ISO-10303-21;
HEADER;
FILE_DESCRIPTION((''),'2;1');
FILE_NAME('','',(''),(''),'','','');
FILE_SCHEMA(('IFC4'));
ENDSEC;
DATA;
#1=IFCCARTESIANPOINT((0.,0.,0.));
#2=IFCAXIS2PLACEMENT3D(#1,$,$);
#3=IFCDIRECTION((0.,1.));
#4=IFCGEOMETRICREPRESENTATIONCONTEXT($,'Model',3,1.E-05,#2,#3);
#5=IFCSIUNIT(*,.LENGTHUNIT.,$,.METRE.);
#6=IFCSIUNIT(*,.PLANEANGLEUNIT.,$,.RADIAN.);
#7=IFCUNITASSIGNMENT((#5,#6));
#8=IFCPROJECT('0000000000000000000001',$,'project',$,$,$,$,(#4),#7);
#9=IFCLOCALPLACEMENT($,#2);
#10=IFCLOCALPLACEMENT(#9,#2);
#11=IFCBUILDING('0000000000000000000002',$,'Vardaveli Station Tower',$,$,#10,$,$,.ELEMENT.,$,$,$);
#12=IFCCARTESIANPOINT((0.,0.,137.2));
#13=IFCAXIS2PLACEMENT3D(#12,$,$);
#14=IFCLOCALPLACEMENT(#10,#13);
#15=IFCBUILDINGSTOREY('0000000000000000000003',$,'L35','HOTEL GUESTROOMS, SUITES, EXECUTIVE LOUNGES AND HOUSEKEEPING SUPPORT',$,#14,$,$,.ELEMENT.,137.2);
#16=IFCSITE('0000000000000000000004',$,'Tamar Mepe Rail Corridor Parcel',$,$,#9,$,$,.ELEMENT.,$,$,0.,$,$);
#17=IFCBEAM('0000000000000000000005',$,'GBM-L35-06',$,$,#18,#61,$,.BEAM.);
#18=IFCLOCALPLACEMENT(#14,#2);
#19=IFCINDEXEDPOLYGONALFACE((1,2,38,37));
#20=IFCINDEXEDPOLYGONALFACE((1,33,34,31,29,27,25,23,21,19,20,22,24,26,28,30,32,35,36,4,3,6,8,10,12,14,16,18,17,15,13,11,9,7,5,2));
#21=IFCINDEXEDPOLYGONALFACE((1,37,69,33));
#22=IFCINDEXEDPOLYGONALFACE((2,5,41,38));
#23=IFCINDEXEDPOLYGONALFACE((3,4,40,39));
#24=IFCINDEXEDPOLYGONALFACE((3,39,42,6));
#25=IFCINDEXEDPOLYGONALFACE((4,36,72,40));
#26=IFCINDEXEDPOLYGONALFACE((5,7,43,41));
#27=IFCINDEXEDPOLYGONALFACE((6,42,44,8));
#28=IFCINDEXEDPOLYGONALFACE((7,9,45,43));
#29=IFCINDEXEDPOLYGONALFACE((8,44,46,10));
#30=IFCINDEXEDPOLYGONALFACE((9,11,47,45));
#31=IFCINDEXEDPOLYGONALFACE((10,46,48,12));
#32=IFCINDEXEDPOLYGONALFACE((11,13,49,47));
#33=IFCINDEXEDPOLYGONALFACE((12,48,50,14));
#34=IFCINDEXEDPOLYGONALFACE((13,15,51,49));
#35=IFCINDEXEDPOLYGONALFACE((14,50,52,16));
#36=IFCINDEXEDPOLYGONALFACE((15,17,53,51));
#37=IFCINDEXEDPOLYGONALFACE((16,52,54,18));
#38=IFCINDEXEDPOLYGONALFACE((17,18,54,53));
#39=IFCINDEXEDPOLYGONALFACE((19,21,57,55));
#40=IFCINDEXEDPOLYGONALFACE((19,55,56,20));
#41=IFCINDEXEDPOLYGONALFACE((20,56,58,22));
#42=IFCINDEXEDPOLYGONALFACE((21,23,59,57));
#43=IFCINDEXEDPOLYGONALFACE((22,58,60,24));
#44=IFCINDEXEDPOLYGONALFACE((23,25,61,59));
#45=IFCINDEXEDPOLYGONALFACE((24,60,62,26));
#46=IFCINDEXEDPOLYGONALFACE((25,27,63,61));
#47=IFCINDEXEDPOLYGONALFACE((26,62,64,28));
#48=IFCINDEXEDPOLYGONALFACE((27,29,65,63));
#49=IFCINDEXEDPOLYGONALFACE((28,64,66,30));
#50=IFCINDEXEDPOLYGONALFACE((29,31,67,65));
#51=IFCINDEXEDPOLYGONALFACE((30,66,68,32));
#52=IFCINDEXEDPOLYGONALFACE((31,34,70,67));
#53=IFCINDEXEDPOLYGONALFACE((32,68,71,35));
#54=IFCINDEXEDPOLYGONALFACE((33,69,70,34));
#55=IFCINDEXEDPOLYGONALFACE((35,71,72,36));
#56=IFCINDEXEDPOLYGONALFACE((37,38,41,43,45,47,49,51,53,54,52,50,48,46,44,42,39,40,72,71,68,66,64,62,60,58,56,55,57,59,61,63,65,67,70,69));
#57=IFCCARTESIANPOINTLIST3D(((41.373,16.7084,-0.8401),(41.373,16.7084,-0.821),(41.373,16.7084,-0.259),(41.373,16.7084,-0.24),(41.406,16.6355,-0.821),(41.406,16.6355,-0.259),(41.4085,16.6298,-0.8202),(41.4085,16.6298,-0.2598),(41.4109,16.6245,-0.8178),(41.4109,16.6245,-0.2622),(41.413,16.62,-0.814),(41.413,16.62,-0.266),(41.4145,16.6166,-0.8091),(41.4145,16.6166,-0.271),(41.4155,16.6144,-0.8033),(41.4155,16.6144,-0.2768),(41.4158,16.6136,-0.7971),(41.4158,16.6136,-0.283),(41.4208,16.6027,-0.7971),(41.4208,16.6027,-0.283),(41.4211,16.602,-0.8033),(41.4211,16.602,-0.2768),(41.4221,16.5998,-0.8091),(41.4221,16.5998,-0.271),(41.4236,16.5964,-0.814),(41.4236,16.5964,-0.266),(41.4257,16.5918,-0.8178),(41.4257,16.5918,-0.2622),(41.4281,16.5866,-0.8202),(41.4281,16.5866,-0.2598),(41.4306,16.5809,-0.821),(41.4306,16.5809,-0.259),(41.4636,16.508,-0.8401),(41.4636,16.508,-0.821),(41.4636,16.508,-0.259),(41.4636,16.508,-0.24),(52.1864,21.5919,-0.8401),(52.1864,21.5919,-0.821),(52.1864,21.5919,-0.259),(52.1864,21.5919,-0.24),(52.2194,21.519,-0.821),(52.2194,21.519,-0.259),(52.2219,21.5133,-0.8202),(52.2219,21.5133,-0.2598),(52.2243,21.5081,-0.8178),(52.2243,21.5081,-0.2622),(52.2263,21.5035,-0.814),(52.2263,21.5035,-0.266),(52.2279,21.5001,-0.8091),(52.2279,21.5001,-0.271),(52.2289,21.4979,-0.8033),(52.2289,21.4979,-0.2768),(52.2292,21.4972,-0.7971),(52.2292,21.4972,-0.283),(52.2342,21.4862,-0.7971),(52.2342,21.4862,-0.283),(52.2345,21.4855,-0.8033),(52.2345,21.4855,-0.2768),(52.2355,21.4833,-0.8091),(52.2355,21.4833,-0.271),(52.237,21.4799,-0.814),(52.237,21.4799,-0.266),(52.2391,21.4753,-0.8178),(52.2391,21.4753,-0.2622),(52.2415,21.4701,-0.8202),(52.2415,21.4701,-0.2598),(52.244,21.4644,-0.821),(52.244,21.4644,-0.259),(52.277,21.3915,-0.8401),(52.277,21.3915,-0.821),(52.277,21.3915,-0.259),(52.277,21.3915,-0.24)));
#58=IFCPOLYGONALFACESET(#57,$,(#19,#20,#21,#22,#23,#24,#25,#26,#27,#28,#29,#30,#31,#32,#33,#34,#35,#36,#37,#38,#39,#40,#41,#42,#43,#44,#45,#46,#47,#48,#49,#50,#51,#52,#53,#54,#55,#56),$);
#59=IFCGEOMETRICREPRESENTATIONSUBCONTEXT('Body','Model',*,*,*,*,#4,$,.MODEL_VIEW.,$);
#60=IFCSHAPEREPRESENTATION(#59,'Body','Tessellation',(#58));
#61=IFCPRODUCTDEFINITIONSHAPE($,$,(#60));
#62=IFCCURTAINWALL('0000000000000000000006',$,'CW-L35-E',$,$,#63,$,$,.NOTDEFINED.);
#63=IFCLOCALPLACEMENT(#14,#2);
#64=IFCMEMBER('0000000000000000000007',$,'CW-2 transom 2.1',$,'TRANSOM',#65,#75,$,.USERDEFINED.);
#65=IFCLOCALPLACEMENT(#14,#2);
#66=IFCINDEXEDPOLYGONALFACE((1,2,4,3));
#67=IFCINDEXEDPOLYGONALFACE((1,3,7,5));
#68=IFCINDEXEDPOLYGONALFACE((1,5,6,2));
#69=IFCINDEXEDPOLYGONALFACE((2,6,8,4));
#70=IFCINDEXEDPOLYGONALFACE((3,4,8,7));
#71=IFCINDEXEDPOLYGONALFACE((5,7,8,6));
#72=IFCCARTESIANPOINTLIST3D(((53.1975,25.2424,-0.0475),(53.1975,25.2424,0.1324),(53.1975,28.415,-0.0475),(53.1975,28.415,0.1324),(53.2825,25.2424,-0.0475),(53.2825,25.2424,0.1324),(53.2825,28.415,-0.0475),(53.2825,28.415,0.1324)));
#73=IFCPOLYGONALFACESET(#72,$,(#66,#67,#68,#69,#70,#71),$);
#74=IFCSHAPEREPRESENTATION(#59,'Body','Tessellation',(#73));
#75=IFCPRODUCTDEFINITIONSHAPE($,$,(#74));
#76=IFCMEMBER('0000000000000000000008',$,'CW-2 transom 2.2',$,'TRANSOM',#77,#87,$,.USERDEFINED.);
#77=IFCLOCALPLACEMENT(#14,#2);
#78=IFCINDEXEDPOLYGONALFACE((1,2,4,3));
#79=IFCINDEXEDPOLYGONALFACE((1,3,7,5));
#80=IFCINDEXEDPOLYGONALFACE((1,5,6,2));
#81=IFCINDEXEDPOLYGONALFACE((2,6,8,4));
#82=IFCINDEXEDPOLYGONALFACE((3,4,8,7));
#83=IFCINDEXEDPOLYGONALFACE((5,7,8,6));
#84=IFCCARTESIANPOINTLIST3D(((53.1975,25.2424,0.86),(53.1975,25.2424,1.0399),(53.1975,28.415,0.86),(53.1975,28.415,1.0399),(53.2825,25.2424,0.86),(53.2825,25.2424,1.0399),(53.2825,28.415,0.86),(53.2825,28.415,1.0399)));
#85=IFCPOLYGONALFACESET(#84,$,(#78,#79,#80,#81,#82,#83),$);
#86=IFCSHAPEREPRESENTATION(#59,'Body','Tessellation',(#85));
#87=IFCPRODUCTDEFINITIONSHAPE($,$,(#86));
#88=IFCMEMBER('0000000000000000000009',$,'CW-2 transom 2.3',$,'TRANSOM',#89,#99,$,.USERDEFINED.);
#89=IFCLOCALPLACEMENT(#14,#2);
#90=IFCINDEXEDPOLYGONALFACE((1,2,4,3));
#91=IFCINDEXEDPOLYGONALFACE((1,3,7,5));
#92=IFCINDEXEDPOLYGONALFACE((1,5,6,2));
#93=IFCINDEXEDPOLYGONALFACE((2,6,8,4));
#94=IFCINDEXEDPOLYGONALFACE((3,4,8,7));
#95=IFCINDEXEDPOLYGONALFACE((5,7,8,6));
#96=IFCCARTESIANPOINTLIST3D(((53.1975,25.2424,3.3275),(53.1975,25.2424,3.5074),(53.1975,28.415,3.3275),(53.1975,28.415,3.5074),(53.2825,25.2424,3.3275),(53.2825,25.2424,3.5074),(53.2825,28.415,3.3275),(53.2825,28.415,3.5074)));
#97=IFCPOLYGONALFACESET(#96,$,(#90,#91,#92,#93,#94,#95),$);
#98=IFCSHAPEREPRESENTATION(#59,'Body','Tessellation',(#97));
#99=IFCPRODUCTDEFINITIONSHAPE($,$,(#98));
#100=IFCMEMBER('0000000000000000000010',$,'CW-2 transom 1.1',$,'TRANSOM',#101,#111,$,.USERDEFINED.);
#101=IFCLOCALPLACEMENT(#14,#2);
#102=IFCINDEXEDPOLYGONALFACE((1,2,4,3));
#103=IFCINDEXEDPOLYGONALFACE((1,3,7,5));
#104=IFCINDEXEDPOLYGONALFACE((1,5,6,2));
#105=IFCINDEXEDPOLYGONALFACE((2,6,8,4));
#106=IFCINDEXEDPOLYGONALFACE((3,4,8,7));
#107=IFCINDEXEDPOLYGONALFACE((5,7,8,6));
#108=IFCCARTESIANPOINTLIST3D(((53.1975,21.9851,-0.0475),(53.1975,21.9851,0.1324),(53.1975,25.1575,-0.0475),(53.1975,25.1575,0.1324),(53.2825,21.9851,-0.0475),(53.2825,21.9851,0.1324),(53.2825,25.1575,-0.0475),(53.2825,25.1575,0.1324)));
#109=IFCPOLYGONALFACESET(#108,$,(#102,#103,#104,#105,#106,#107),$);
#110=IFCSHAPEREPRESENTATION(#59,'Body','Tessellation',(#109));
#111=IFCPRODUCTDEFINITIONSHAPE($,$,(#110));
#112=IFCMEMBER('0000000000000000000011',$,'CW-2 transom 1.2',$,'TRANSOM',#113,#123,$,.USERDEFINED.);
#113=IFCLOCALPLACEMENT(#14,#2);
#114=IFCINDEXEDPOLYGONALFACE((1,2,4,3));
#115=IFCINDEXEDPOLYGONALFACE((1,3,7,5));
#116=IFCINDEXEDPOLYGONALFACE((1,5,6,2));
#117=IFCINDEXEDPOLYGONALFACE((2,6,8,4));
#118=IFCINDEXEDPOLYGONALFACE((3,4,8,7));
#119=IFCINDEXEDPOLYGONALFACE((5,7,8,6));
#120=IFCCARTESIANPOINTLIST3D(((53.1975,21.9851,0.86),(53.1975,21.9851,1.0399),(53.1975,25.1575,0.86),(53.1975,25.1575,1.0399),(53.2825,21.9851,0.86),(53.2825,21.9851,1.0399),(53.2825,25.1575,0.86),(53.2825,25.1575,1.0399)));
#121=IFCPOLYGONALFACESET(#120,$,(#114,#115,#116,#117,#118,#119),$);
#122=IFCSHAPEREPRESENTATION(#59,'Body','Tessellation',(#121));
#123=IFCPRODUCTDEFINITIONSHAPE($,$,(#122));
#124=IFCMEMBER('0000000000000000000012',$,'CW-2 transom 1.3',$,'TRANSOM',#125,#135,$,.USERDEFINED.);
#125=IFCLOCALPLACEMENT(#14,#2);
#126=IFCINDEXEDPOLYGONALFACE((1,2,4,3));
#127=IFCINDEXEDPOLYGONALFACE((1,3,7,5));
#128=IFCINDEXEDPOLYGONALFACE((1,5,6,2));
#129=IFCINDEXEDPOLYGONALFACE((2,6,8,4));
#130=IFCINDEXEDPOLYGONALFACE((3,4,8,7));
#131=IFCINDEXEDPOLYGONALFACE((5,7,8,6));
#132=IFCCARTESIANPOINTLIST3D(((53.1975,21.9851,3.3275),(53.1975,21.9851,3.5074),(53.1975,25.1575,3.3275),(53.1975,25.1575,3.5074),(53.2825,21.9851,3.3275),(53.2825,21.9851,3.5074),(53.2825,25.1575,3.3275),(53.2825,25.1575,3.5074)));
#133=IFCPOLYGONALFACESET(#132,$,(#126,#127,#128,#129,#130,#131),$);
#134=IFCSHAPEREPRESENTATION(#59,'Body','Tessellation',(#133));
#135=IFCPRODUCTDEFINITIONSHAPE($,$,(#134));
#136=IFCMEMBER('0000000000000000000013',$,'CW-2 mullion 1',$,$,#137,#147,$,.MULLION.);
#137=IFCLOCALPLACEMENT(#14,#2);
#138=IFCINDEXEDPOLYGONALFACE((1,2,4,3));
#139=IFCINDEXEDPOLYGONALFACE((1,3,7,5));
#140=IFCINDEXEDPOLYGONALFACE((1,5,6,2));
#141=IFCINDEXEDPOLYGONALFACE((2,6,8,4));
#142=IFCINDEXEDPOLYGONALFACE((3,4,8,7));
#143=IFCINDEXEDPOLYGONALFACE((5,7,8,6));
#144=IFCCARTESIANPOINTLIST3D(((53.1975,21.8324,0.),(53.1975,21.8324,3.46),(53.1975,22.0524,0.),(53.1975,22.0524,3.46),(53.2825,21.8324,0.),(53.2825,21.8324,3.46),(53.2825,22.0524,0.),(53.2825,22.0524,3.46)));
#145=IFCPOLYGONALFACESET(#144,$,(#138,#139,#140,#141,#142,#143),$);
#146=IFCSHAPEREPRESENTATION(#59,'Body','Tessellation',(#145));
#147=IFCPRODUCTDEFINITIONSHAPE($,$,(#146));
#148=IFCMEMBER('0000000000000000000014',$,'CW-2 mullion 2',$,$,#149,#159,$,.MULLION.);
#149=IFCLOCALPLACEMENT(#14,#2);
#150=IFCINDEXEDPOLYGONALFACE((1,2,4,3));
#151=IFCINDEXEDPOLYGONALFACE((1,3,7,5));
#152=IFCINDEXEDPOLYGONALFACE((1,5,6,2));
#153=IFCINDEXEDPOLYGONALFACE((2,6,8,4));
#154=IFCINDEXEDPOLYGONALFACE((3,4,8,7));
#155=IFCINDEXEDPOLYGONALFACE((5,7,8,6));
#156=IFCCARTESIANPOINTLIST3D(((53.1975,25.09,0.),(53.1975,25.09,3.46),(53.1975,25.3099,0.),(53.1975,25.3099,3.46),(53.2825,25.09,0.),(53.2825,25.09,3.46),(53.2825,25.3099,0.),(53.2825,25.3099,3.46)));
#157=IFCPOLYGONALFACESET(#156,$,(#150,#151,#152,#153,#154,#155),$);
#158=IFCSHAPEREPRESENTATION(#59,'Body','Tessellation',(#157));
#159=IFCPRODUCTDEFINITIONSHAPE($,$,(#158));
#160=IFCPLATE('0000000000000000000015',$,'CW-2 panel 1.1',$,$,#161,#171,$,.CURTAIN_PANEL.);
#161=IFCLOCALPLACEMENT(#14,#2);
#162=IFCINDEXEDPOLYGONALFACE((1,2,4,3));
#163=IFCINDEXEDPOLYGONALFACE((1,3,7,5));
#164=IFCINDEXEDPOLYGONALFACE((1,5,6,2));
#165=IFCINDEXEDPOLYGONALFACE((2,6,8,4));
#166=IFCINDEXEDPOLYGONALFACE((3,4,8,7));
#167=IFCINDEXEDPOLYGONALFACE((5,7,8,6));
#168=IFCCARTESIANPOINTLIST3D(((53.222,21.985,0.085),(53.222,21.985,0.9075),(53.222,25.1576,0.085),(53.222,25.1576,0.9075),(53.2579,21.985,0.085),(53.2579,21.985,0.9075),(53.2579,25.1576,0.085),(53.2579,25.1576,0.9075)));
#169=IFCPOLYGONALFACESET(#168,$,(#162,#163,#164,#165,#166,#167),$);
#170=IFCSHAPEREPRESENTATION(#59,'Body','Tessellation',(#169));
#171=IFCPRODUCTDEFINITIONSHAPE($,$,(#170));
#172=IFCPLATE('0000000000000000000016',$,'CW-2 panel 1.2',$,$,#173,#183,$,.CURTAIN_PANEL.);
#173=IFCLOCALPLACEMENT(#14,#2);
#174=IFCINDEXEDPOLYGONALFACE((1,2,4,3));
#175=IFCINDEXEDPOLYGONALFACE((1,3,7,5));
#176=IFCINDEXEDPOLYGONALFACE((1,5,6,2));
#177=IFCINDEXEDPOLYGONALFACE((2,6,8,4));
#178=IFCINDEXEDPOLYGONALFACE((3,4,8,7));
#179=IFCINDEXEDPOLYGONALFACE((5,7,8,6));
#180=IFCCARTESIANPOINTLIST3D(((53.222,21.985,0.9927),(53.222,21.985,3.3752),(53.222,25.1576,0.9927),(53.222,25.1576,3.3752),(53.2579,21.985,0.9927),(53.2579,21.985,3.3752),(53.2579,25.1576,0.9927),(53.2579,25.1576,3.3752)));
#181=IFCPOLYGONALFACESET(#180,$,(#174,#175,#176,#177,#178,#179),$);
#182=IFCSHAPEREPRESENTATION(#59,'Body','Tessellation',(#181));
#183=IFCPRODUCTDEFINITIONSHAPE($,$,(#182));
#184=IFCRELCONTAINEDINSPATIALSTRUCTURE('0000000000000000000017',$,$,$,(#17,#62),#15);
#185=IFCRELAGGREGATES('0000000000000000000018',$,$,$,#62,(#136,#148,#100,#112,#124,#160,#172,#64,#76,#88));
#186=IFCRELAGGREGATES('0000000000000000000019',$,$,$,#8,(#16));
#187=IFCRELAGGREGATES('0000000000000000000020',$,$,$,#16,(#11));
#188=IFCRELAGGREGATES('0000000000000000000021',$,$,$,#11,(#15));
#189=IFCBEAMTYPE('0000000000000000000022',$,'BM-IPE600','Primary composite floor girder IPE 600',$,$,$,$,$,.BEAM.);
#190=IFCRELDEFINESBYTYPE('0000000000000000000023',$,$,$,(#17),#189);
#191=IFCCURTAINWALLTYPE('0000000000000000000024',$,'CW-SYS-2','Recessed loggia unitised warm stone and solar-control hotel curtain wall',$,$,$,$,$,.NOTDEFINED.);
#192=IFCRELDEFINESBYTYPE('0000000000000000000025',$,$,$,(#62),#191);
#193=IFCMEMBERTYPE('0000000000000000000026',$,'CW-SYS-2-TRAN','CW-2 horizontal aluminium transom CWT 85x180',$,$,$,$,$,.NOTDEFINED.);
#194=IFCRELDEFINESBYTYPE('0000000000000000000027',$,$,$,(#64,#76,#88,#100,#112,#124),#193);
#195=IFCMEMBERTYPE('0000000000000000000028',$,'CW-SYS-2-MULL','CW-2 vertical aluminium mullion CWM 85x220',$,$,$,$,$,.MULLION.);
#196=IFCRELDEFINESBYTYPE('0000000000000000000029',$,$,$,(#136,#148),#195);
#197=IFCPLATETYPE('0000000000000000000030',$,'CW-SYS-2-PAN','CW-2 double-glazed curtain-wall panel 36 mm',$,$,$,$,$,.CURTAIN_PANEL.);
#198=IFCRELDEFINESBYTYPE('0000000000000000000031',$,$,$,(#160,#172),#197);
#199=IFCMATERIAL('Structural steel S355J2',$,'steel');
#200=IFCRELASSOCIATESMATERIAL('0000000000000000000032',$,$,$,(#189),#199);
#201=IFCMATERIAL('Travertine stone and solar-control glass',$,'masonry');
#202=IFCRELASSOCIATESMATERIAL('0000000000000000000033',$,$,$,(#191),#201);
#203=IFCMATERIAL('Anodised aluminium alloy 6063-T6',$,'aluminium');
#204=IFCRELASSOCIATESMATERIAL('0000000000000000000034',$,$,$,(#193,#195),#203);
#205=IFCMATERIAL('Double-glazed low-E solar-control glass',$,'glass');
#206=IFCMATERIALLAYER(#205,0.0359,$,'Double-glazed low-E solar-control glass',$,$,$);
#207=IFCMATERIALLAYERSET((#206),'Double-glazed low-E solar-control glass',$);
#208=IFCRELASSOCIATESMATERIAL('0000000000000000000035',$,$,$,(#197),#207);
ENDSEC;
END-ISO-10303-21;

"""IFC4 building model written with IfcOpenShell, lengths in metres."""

from ifc_helpers import new_model, si_unit, direction, frame, origin, origin_2d, place, context, subcontext, project, spatial, rectangle, i_section, extrude, source, transform, mapped, material, layer, layer_set, material_profile, profile_set, type_object, element, aggregate, save


model = new_model("IFC4")

# Units and contexts
model_context = context("Model", 3, precision=1e-05, world=origin(), true_north=direction((0.0, 1.0)))
body_context = subcontext(model_context, "Body", "Model", "MODEL_VIEW")
ifc_project = project(units=[si_unit("LENGTHUNIT", "METRE"), si_unit("PLANEANGLEUNIT", "RADIAN")], contexts=[model_context])

# Site, building, storey
site_placement = place(None, origin())
site = spatial("IfcSite", under=ifc_project, at=site_placement, Name="Tamar Mepe Rail Corridor Parcel", CompositionType="ELEMENT", RefElevation=0.0)
building_placement = place(site_placement, origin())
building = spatial("IfcBuilding", under=site, at=building_placement, Name="Vardaveli Station Tower", CompositionType="ELEMENT")
storey_placement = place(building_placement, frame((0.0, 0.0, 137.2)))
storey = spatial("IfcBuildingStorey", under=building, at=storey_placement, Name="L35", Description="HOTEL GUESTROOMS, SUITES, EXECUTIVE LOUNGES AND HOUSEKEEPING SUPPORT", CompositionType="ELEMENT", Elevation=137.2)

# Beam
ifc_material_1 = material(Name="Structural steel S355J2", Category="steel")
ifc_material_profile_1 = material_profile(ifc_material_1, i_section(OverallWidth=0.22, OverallDepth=0.6001, WebThickness=0.012, FlangeThickness=0.019, FilletRadius=0.0239, at=origin_2d()), Name="IPE 600")
ifc_profile_set_1 = profile_set([ifc_material_profile_1], Name="Structural steel S355J2")
beam_type_1 = type_object("IfcBeamType", Name="BM-IPE600", Description="Primary composite floor girder IPE 600", PredefinedType="BEAM", material=ifc_profile_set_1)
shared_shape_1 = source(origin(), body_context, "Body", "SweptSolid", [
    extrude(i_section(OverallWidth=0.22, OverallDepth=0.6001, WebThickness=0.012, FlangeThickness=0.019, FilletRadius=0.0239, at=origin_2d()), origin(), (0.0, 0.0, 1.0), 11.865),
])
beam_1_placement = place(storey_placement, frame((52.2317, 21.4917, -0.54), z_axis=(-0.911369, -0.411589, 0.0), x_axis=(0.411589, -0.911369, 0.0)))
element("IfcBeam", 1, at=beam_1_placement, inside=storey, type_object=beam_type_1, Name="GBM-L35-06", PredefinedType="BEAM", context=body_context, shape_type="MappedRepresentation", body=[
    mapped(shared_shape_1, transform((0.0, 0.0, 0.0), scale=1.0)),
])

# Curtain wall, members, plates
ifc_material_2 = material(Name="Travertine stone and solar-control glass", Category="masonry")
curtain_wall_type = type_object("IfcCurtainWallType", Name="CW-SYS-2", Description="Recessed loggia unitised warm stone and solar-control hotel curtain wall", PredefinedType="NOTDEFINED", material=ifc_material_2)
curtain_wall_placement = place(storey_placement, origin())
curtain_wall = element("IfcCurtainWall", 2, at=curtain_wall_placement, inside=storey, type_object=curtain_wall_type, Name="CW-L35-E", PredefinedType="NOTDEFINED")
ifc_material_3 = material(Name="Anodised aluminium alloy 6063-T6", Category="aluminium")
ifc_material_profile_2 = material_profile(ifc_material_3, rectangle(XDim=0.085, YDim=0.1799, at=origin_2d()), Name="CWT 85x180")
ifc_profile_set_2 = profile_set([ifc_material_profile_2], Name="Anodised aluminium alloy 6063-T6")
member_type_1 = type_object("IfcMemberType", Name="CW-SYS-2-TRAN", Description="CW-2 horizontal aluminium transom CWT 85x180", PredefinedType="NOTDEFINED", material=ifc_profile_set_2)
shared_shape_2 = source(origin(), body_context, "Body", "SweptSolid", [
    extrude(rectangle(XDim=0.085, YDim=0.1799, at=origin_2d()), origin(), (0.0, 0.0, 1.0), 3.1726),
])
member_1_placement = place(storey_placement, frame((53.24, 25.2424, 0.0425), z_axis=(0.0, 1.0, 0.0), x_axis=(-1.0, 0.0, 0.0)))
member_1 = element("IfcMember", 3, at=member_1_placement, type_object=member_type_1, Name="CW-2 transom 2.1", ObjectType="TRANSOM", PredefinedType="USERDEFINED", context=body_context, shape_type="MappedRepresentation", body=[
    mapped(shared_shape_2, transform((0.0, 0.0, 0.0), scale=1.0)),
])
member_2_placement = place(storey_placement, frame((53.24, 25.2424, 0.95), z_axis=(0.0, 1.0, 0.0), x_axis=(-1.0, 0.0, 0.0)))
member_2 = element("IfcMember", 4, at=member_2_placement, type_object=member_type_1, Name="CW-2 transom 2.2", ObjectType="TRANSOM", PredefinedType="USERDEFINED", context=body_context, shape_type="MappedRepresentation", body=[
    mapped(shared_shape_2, transform((0.0, 0.0, 0.0), scale=1.0)),
])
member_3_placement = place(storey_placement, frame((53.24, 25.2424, 3.4175), z_axis=(0.0, 1.0, 0.0), x_axis=(-1.0, 0.0, 0.0)))
member_3 = element("IfcMember", 5, at=member_3_placement, type_object=member_type_1, Name="CW-2 transom 2.3", ObjectType="TRANSOM", PredefinedType="USERDEFINED", context=body_context, shape_type="MappedRepresentation", body=[
    mapped(shared_shape_2, transform((0.0, 0.0, 0.0), scale=1.0)),
])
shared_shape_3 = source(origin(), body_context, "Body", "SweptSolid", [
    extrude(rectangle(XDim=0.085, YDim=0.1799, at=origin_2d()), origin(), (0.0, 0.0, 1.0), 3.1724),
])
member_4_placement = place(storey_placement, frame((53.24, 21.9851, 0.0425), z_axis=(0.0, 1.0, 0.0), x_axis=(-1.0, 0.0, 0.0)))
member_4 = element("IfcMember", 6, at=member_4_placement, type_object=member_type_1, Name="CW-2 transom 1.1", ObjectType="TRANSOM", PredefinedType="USERDEFINED", context=body_context, shape_type="MappedRepresentation", body=[
    mapped(shared_shape_3, transform((0.0, 0.0, 0.0), scale=1.0)),
])
member_5_placement = place(storey_placement, frame((53.24, 21.9851, 0.95), z_axis=(0.0, 1.0, 0.0), x_axis=(-1.0, 0.0, 0.0)))
member_5 = element("IfcMember", 7, at=member_5_placement, type_object=member_type_1, Name="CW-2 transom 1.2", ObjectType="TRANSOM", PredefinedType="USERDEFINED", context=body_context, shape_type="MappedRepresentation", body=[
    mapped(shared_shape_3, transform((0.0, 0.0, 0.0), scale=1.0)),
])
member_6_placement = place(storey_placement, frame((53.24, 21.9851, 3.4175), z_axis=(0.0, 1.0, 0.0), x_axis=(-1.0, 0.0, 0.0)))
member_6 = element("IfcMember", 8, at=member_6_placement, type_object=member_type_1, Name="CW-2 transom 1.3", ObjectType="TRANSOM", PredefinedType="USERDEFINED", context=body_context, shape_type="MappedRepresentation", body=[
    mapped(shared_shape_3, transform((0.0, 0.0, 0.0), scale=1.0)),
])
ifc_material_profile_3 = material_profile(ifc_material_3, rectangle(XDim=0.085, YDim=0.22, at=origin_2d()), Name="CWM 85x220")
ifc_profile_set_3 = profile_set([ifc_material_profile_3], Name="Anodised aluminium alloy 6063-T6")
member_type_2 = type_object("IfcMemberType", Name="CW-SYS-2-MULL", Description="CW-2 vertical aluminium mullion CWM 85x220", PredefinedType="MULLION", material=ifc_profile_set_3)
shared_shape_4 = source(origin(), body_context, "Body", "SweptSolid", [
    extrude(rectangle(XDim=0.085, YDim=0.22, at=origin_2d()), origin(), (0.0, 0.0, 1.0), 3.46),
])
member_7_placement = place(storey_placement, frame((53.24, 21.9424, 0.0), z_axis=(0.0, 0.0, 1.0), x_axis=(-1.0, 0.0, 0.0)))
member_7 = element("IfcMember", 9, at=member_7_placement, type_object=member_type_2, Name="CW-2 mullion 1", PredefinedType="MULLION", context=body_context, shape_type="MappedRepresentation", body=[
    mapped(shared_shape_4, transform((0.0, 0.0, 0.0), scale=1.0)),
])
member_8_placement = place(storey_placement, frame((53.24, 25.2, 0.0), z_axis=(0.0, 0.0, 1.0), x_axis=(-1.0, 0.0, 0.0)))
member_8 = element("IfcMember", 10, at=member_8_placement, type_object=member_type_2, Name="CW-2 mullion 2", PredefinedType="MULLION", context=body_context, shape_type="MappedRepresentation", body=[
    mapped(shared_shape_4, transform((0.0, 0.0, 0.0), scale=1.0)),
])
ifc_material_4 = material(Name="Double-glazed low-E solar-control glass", Category="glass")
ifc_layer_1 = layer(ifc_material_4, 0.0359, Name="Double-glazed low-E solar-control glass")
ifc_layer_set_1 = layer_set([ifc_layer_1], Name="Double-glazed low-E solar-control glass")
plate_type = type_object("IfcPlateType", Name="CW-SYS-2-PAN", Description="CW-2 double-glazed curtain-wall panel 36 mm", PredefinedType="CURTAIN_PANEL", material=ifc_layer_set_1)
shared_shape_5 = source(origin(), body_context, "Body", "SweptSolid", [
    extrude(rectangle(XDim=3.1726, YDim=0.0359, at=origin_2d()), origin(), (0.0, 0.0, 1.0), 0.8225),
])
plate_1_placement = place(storey_placement, frame((53.24, 23.5713, 0.085), z_axis=(0.0, 0.0, 1.0), x_axis=(0.0, 1.0, 0.0)))
plate_1 = element("IfcPlate", 11, at=plate_1_placement, type_object=plate_type, Name="CW-2 panel 1.1", PredefinedType="CURTAIN_PANEL", context=body_context, shape_type="MappedRepresentation", body=[
    mapped(shared_shape_5, transform((0.0, 0.0, 0.0), scale=1.0)),
])
shared_shape_6 = source(origin(), body_context, "Body", "SweptSolid", [
    extrude(rectangle(XDim=3.1726, YDim=0.0359, at=origin_2d()), origin(), (0.0, 0.0, 1.0), 2.3826),
])
plate_2_placement = place(storey_placement, frame((53.24, 23.5713, 0.9927), z_axis=(0.0, 0.0, 1.0), x_axis=(0.0, 1.0, 0.0)))
plate_2 = element("IfcPlate", 12, at=plate_2_placement, type_object=plate_type, Name="CW-2 panel 1.2", PredefinedType="CURTAIN_PANEL", context=body_context, shape_type="MappedRepresentation", body=[
    mapped(shared_shape_6, transform((0.0, 0.0, 0.0), scale=1.0)),
])
aggregate(curtain_wall, [member_7, member_8, member_4, member_5, member_6, plate_1, plate_2, member_1, member_2, member_3])

save(model, "model.ifc")
